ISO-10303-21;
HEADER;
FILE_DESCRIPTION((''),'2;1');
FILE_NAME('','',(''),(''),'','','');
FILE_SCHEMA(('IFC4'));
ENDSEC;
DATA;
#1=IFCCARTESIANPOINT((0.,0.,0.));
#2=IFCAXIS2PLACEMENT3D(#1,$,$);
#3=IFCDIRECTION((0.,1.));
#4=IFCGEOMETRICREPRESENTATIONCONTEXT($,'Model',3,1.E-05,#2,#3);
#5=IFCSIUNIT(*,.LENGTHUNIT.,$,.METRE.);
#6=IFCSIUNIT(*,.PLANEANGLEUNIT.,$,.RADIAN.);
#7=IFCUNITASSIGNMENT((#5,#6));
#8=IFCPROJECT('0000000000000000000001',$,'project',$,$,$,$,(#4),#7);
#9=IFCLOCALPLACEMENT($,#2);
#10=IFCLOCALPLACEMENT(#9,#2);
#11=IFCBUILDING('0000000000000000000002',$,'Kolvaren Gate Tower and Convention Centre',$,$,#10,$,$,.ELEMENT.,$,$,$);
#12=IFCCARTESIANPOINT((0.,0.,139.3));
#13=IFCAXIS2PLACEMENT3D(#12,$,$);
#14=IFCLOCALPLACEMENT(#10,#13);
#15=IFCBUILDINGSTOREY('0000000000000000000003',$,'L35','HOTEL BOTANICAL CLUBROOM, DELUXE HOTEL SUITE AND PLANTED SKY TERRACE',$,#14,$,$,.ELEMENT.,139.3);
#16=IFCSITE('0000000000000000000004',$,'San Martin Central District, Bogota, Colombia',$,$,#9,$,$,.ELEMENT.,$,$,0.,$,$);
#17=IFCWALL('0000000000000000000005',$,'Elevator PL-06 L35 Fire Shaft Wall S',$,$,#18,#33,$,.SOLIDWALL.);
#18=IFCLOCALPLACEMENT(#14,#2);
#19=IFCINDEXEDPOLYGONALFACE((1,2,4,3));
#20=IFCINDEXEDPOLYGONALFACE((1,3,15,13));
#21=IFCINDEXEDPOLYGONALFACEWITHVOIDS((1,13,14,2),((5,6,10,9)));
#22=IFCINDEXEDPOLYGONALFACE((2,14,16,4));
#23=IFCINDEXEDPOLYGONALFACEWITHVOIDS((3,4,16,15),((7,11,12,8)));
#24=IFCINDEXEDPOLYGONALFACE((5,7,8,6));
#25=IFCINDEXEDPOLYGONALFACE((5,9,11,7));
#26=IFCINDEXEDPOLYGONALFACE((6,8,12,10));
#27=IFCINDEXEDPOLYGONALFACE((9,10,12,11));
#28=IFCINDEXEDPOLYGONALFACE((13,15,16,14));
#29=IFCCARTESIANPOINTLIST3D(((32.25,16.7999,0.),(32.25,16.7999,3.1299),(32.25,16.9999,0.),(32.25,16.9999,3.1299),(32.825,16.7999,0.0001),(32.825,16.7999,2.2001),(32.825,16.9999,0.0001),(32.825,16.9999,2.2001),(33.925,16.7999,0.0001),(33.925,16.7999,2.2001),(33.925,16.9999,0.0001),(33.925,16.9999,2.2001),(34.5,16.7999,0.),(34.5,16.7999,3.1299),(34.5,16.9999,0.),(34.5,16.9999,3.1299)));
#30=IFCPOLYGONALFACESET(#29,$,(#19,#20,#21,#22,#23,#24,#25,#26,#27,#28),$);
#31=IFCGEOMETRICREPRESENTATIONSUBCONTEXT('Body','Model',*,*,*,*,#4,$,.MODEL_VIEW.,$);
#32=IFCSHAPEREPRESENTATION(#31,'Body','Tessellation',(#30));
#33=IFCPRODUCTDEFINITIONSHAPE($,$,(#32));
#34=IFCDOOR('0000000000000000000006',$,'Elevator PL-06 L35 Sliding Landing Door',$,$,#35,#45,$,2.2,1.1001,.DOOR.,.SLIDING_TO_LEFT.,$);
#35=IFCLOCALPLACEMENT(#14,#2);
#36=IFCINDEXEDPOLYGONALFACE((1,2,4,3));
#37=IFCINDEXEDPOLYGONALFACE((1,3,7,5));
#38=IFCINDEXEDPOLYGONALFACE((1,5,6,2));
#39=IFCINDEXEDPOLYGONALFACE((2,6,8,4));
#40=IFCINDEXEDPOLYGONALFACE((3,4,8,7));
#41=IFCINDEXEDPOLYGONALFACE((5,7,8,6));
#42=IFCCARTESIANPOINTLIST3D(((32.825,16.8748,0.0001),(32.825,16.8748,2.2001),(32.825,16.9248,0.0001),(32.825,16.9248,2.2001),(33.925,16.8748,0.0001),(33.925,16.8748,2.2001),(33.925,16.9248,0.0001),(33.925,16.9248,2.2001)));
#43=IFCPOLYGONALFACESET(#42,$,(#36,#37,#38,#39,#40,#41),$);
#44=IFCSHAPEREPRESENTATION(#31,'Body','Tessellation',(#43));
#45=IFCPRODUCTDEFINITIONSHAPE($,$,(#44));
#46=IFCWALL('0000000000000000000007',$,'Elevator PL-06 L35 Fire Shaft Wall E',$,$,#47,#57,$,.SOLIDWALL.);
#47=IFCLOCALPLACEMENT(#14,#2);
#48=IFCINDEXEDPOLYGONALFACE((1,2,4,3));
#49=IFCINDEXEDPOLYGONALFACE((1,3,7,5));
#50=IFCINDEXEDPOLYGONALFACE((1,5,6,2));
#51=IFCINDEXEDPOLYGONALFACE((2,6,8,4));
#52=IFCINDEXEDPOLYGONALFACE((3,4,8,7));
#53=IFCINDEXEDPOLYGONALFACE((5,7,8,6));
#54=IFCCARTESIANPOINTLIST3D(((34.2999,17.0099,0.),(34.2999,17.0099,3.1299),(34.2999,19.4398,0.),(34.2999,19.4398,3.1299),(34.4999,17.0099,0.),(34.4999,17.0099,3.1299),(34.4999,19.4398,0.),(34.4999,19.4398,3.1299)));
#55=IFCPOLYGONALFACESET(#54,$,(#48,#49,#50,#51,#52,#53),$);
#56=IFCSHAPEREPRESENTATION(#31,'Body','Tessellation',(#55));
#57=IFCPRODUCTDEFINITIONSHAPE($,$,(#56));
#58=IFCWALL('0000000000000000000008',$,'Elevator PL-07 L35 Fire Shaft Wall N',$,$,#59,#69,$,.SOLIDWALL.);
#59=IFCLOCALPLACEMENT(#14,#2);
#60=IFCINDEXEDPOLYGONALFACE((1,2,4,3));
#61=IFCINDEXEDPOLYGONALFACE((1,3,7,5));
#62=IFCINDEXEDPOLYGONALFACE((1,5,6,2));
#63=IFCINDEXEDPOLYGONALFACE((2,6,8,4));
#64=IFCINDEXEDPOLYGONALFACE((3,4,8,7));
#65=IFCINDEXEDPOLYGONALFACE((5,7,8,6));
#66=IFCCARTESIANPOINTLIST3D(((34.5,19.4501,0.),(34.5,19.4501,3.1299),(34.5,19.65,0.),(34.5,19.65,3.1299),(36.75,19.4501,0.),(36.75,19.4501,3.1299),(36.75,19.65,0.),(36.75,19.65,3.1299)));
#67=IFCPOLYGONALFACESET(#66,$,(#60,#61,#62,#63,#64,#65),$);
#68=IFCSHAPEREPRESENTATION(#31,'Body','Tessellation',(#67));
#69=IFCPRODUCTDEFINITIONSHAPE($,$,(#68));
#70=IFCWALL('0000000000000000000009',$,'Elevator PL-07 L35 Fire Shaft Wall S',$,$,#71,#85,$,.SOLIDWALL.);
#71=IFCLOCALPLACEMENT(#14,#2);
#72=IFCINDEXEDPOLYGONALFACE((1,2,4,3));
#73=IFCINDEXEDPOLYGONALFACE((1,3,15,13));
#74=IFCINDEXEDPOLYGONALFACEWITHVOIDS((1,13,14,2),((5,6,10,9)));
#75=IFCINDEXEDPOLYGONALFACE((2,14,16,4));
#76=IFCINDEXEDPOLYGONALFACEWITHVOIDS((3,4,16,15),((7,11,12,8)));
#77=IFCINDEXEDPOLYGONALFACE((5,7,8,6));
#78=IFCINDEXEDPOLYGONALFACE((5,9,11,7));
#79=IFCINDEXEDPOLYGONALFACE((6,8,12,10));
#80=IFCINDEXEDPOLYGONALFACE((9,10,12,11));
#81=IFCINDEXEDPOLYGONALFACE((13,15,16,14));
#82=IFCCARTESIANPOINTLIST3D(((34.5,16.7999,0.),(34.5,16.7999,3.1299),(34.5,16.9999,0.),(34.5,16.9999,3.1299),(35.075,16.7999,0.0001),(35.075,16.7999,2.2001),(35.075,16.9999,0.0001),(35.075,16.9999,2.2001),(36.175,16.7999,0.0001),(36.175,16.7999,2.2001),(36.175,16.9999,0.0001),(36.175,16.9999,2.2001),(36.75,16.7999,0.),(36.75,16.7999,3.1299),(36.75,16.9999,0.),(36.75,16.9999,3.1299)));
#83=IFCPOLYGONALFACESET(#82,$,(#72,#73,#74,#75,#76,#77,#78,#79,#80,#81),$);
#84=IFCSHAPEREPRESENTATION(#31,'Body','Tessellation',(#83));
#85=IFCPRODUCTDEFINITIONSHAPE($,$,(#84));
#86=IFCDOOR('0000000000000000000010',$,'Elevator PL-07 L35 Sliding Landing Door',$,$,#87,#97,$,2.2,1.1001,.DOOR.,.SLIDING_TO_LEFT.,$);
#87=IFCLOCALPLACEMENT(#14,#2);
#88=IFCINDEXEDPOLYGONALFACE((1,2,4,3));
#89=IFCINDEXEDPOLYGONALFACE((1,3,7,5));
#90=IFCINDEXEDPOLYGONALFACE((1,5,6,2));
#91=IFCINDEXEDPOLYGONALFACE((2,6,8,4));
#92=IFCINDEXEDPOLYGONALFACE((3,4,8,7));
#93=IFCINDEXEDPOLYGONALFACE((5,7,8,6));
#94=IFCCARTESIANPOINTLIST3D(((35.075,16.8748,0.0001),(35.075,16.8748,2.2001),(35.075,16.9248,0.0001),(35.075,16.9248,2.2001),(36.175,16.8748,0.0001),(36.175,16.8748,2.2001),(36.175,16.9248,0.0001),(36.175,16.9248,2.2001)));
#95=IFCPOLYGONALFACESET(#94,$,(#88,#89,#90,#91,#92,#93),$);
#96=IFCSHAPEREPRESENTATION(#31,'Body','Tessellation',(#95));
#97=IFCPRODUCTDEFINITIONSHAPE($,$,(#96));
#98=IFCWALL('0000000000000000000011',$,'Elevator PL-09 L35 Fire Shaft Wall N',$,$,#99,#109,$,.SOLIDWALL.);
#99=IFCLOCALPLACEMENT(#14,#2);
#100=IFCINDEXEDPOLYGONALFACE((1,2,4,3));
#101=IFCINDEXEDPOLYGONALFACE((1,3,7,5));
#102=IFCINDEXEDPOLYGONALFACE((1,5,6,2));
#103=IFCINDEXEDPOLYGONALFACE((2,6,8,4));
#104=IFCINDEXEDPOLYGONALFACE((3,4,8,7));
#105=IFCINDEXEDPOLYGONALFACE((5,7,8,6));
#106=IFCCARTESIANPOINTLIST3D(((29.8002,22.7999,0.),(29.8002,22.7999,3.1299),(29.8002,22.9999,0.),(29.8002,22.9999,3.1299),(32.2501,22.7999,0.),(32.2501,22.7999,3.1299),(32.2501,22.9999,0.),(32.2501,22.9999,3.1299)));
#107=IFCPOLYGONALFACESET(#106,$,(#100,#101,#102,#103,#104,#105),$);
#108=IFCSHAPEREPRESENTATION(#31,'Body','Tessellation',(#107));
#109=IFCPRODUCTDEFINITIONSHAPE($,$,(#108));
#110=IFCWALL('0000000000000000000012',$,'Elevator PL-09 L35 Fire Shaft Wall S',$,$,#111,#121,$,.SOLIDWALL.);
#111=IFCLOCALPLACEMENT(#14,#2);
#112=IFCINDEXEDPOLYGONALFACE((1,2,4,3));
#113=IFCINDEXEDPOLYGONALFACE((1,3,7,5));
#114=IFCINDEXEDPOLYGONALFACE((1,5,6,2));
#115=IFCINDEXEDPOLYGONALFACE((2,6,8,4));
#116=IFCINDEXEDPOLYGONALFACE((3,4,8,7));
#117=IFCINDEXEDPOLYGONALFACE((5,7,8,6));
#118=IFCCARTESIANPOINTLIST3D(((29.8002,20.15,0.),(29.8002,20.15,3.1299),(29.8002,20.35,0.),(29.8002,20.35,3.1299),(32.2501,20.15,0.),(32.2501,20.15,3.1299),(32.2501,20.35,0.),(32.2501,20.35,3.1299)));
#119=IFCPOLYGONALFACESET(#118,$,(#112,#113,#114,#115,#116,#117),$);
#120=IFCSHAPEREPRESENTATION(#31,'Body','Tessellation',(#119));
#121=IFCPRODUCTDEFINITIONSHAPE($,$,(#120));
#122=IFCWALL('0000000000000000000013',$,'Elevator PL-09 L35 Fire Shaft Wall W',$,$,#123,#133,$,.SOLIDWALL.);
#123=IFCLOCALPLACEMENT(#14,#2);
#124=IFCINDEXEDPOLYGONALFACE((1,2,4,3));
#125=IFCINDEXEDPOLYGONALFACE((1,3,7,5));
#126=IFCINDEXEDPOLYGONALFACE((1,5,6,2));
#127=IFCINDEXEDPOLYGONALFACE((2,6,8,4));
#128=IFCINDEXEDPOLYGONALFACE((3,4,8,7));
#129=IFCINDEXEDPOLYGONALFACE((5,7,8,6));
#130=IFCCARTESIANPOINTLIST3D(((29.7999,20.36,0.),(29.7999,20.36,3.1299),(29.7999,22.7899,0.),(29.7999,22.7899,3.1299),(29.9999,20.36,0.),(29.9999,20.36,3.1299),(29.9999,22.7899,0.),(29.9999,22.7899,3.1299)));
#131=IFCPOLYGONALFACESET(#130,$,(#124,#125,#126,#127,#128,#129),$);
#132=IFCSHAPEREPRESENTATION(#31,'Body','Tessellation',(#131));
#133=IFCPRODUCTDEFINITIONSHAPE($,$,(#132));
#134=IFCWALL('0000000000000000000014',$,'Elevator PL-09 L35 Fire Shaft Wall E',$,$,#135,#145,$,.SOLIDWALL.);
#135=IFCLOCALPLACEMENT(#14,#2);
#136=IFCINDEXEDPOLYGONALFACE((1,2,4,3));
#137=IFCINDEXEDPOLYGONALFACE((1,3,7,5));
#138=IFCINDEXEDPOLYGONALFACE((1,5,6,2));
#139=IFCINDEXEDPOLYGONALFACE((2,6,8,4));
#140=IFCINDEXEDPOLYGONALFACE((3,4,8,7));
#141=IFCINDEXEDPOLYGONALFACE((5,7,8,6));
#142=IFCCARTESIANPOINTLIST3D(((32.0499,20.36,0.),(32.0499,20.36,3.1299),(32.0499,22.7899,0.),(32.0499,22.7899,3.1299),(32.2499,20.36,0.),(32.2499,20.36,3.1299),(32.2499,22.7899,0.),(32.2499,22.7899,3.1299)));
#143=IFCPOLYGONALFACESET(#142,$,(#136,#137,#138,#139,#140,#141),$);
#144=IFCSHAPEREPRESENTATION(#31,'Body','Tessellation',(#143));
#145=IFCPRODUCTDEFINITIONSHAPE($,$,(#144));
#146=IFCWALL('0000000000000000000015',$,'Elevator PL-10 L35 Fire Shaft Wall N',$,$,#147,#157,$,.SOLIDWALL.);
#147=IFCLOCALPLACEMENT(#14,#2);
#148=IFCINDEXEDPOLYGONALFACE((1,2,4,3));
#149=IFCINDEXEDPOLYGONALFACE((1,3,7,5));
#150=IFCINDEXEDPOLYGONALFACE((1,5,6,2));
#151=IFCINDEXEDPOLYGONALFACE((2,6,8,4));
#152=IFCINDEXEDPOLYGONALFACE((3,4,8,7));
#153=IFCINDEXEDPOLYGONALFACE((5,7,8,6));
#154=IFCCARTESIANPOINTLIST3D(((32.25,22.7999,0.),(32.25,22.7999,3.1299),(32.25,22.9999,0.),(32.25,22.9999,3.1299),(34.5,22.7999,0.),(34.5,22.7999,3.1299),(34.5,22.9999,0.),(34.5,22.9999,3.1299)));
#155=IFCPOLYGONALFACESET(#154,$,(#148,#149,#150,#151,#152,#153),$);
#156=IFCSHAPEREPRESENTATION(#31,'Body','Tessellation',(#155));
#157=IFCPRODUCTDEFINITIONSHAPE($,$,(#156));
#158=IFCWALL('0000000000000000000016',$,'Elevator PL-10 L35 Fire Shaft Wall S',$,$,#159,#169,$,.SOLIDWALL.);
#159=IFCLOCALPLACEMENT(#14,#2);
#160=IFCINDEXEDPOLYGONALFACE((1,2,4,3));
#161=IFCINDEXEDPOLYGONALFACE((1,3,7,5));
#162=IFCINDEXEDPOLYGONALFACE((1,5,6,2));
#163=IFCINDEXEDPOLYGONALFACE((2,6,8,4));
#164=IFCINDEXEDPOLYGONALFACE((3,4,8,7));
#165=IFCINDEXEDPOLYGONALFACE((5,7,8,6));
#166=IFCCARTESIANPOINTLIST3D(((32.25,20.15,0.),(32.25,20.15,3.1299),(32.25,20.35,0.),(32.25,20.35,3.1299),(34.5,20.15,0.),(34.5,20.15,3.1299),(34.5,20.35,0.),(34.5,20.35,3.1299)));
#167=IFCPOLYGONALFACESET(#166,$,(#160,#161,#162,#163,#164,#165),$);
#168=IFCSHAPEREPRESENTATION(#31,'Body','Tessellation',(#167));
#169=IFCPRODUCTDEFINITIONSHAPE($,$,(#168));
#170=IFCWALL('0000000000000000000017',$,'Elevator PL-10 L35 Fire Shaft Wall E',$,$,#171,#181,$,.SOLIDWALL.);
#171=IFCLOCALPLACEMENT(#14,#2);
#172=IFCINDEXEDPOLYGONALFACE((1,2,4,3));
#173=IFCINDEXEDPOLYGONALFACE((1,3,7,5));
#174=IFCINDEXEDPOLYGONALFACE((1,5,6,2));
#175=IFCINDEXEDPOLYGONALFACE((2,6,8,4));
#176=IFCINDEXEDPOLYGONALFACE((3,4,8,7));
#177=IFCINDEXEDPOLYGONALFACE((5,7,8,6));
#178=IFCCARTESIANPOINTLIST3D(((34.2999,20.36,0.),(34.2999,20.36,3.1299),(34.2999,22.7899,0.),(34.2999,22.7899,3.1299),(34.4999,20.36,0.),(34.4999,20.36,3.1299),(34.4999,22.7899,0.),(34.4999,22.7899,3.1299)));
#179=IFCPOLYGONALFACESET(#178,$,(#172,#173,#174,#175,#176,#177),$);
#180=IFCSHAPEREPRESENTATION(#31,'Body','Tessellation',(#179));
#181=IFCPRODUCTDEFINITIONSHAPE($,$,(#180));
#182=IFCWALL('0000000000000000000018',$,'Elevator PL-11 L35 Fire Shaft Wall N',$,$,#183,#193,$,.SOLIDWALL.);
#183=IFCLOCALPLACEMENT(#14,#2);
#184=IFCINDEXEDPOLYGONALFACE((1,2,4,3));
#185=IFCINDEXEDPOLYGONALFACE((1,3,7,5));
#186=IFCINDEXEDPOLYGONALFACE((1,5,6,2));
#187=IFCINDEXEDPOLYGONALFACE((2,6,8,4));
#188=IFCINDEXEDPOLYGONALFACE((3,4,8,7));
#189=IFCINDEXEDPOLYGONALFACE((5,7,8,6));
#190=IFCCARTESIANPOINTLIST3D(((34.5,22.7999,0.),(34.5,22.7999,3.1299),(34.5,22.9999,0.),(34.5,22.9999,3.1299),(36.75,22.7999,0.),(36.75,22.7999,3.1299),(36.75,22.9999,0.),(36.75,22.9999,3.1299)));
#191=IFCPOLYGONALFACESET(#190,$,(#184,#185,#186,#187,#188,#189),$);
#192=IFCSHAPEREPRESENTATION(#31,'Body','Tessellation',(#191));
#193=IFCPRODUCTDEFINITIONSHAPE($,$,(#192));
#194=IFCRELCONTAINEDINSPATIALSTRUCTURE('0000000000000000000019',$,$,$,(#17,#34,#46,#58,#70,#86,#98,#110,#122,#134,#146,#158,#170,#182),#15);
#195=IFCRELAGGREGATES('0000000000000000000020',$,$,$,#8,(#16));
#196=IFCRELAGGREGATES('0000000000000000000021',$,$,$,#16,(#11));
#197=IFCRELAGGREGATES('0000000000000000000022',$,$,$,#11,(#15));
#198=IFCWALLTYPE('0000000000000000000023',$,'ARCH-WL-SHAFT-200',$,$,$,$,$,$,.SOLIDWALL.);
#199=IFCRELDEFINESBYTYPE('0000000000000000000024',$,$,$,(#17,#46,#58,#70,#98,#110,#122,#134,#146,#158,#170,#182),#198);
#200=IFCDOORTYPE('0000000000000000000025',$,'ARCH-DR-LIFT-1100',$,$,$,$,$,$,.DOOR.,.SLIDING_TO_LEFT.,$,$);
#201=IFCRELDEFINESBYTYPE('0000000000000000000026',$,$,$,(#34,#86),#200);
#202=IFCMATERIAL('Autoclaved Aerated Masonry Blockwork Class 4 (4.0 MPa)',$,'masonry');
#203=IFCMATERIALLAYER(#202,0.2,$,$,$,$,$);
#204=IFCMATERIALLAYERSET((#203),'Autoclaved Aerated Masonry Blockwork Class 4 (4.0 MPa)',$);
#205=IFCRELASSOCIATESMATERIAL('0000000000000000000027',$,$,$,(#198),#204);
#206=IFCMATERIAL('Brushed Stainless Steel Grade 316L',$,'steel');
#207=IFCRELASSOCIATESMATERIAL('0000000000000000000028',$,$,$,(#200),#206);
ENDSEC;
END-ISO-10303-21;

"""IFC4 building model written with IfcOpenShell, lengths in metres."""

from ifc_helpers import new_model, si_unit, direction, frame, frame_2d, origin, place, context, subcontext, project, spatial, rectangle, extrude, material, layer, layer_set, type_object, element, fill, save


model = new_model("IFC4")

# Units and contexts
model_context = context("Model", 3, precision=1e-05, world=origin(), true_north=direction((0.0, 1.0)))
body_context = subcontext(model_context, "Body", "Model", "MODEL_VIEW")
ifc_project = project(units=[si_unit("LENGTHUNIT", "METRE"), si_unit("PLANEANGLEUNIT", "RADIAN")], contexts=[model_context])

# Site, building, storey
site_placement = place(None, origin())
site = spatial("IfcSite", under=ifc_project, at=site_placement, Name="San Martin Central District, Bogota, Colombia", CompositionType="ELEMENT", RefElevation=0.0)
building_placement = place(site_placement, origin())
building = spatial("IfcBuilding", under=site, at=building_placement, Name="Kolvaren Gate Tower and Convention Centre", CompositionType="ELEMENT")
storey_placement = place(building_placement, frame((0.0, 0.0, 139.3)))
storey = spatial("IfcBuildingStorey", under=building, at=storey_placement, Name="L35", Description="HOTEL BOTANICAL CLUBROOM, DELUXE HOTEL SUITE AND PLANTED SKY TERRACE", CompositionType="ELEMENT", Elevation=139.3)

# Shared definitions
ifc_material_1 = material(Name="Autoclaved Aerated Masonry Blockwork Class 4 (4.0 MPa)", Category="masonry")

# Shared definitions
ifc_layer_1 = layer(ifc_material_1, 0.2)
ifc_layer_set_1 = layer_set([ifc_layer_1], Name="Autoclaved Aerated Masonry Blockwork Class 4 (4.0 MPa)")
wall_type_1 = type_object("IfcWallType", Name="ARCH-WL-SHAFT-200", PredefinedType="SOLIDWALL", material=ifc_layer_set_1)

# Shared definitions
ifc_material_2 = material(Name="Brushed Stainless Steel Grade 316L", Category="steel")
door_type_1 = type_object("IfcDoorType", Name="ARCH-DR-LIFT-1100", OperationType="SLIDING_TO_LEFT", PredefinedType="DOOR", material=ifc_material_2)

# Wall, opening, door
wall_1_placement = place(storey_placement, frame((32.25, 16.8999, 0.0), z_axis=(0.0, 0.0, 1.0), x_axis=(1.0, 0.0, 0.0)))
wall_1 = element("IfcWall", 1, at=wall_1_placement, inside=storey, type_object=wall_type_1, Name="Elevator PL-06 L35 Fire Shaft Wall S", PredefinedType="SOLIDWALL", context=body_context, shape_type="SweptSolid", body=[
    extrude(rectangle(XDim=2.25, YDim=0.2, at=frame_2d((1.125, 0.0))), origin(), (0.0, 0.0, 1.0), 3.1299),
])
opening_1_placement = place(wall_1_placement, frame((0.575, 0.0, 0.0)))
opening_1 = element("IfcOpeningElement", 2, at=opening_1_placement, cuts=wall_1, PredefinedType="OPENING", context=body_context, shape_type="SweptSolid", body=[
    extrude(rectangle(XDim=1.1001, YDim=2.2, at=frame_2d((0.55, 1.1001))), frame((0.0, 0.1099, 0.0), z_axis=(0.0, -1.0, 0.0), x_axis=(1.0, 0.0, 0.0)), (0.0, 0.0, 1.0), 0.22),
])
door_1_placement = place(opening_1_placement, origin())
door_1 = element("IfcDoor", 3, at=door_1_placement, inside=storey, type_object=door_type_1, Name="Elevator PL-06 L35 Sliding Landing Door", OperationType="SLIDING_TO_LEFT", OverallHeight=2.2, OverallWidth=1.1001, PredefinedType="DOOR", context=body_context, shape_type="SweptSolid", body=[
    extrude(rectangle(XDim=1.1001, YDim=2.2, at=frame_2d((0.55, 1.1001))), frame((0.0, 0.0249, 0.0), z_axis=(0.0, -1.0, 0.0), x_axis=(1.0, 0.0, 0.0)), (0.0, 0.0, 1.0), 0.05),
])
fill(opening_1, door_1)

# Walls
wall_2_placement = place(storey_placement, frame((34.3999, 17.01, 0.0), z_axis=(0.0, 0.0, 1.0), x_axis=(0.0, 1.0, 0.0)))
element("IfcWall", 4, at=wall_2_placement, inside=storey, type_object=wall_type_1, Name="Elevator PL-06 L35 Fire Shaft Wall E", PredefinedType="SOLIDWALL", context=body_context, shape_type="SweptSolid", body=[
    extrude(rectangle(XDim=2.4299, YDim=0.2, at=frame_2d((1.2148, 0.0))), origin(), (0.0, 0.0, 1.0), 3.1299),
])
wall_3_placement = place(storey_placement, frame((34.5, 19.55, 0.0), z_axis=(0.0, 0.0, 1.0), x_axis=(1.0, 0.0, 0.0)))
element("IfcWall", 5, at=wall_3_placement, inside=storey, type_object=wall_type_1, Name="Elevator PL-07 L35 Fire Shaft Wall N", PredefinedType="SOLIDWALL", context=body_context, shape_type="SweptSolid", body=[
    extrude(rectangle(XDim=2.25, YDim=0.2, at=frame_2d((1.125, 0.0))), origin(), (0.0, 0.0, 1.0), 3.1299),
])

# Wall, opening, door
wall_4_placement = place(storey_placement, frame((34.5, 16.8999, 0.0), z_axis=(0.0, 0.0, 1.0), x_axis=(1.0, 0.0, 0.0)))
wall_4 = element("IfcWall", 6, at=wall_4_placement, inside=storey, type_object=wall_type_1, Name="Elevator PL-07 L35 Fire Shaft Wall S", PredefinedType="SOLIDWALL", context=body_context, shape_type="SweptSolid", body=[
    extrude(rectangle(XDim=2.25, YDim=0.2, at=frame_2d((1.125, 0.0))), origin(), (0.0, 0.0, 1.0), 3.1299),
])
opening_2_placement = place(wall_4_placement, frame((0.575, 0.0, 0.0)))
opening_2 = element("IfcOpeningElement", 7, at=opening_2_placement, cuts=wall_4, PredefinedType="OPENING", context=body_context, shape_type="SweptSolid", body=[
    extrude(rectangle(XDim=1.1001, YDim=2.2, at=frame_2d((0.55, 1.1001))), frame((0.0, 0.1099, 0.0), z_axis=(0.0, -1.0, 0.0), x_axis=(1.0, 0.0, 0.0)), (0.0, 0.0, 1.0), 0.22),
])
door_2_placement = place(opening_2_placement, origin())
door_2 = element("IfcDoor", 8, at=door_2_placement, inside=storey, type_object=door_type_1, Name="Elevator PL-07 L35 Sliding Landing Door", OperationType="SLIDING_TO_LEFT", OverallHeight=2.2, OverallWidth=1.1001, PredefinedType="DOOR", context=body_context, shape_type="SweptSolid", body=[
    extrude(rectangle(XDim=1.1001, YDim=2.2, at=frame_2d((0.55, 1.1001))), frame((0.0, 0.0249, 0.0), z_axis=(0.0, -1.0, 0.0), x_axis=(1.0, 0.0, 0.0)), (0.0, 0.0, 1.0), 0.05),
])
fill(opening_2, door_2)

# Walls
for number, where, z_axis, x_axis, name in (
    (9, (29.8, 22.8999, 0.0), (0.0, 0.0, 1.0), (1.0, 0.0, 0.0), "Elevator PL-09 L35 Fire Shaft Wall N"),
    (10, (29.8, 20.25, 0.0), (0.0, 0.0, 1.0), (1.0, 0.0, 0.0), "Elevator PL-09 L35 Fire Shaft Wall S"),
):
    element("IfcWall", number, at=place(storey_placement, frame(where, z_axis=z_axis, x_axis=x_axis)), inside=storey, type_object=wall_type_1, Name=name, PredefinedType="SOLIDWALL", context=body_context, shape_type="SweptSolid", body=[
        extrude(rectangle(XDim=2.45, YDim=0.2, at=frame_2d((1.2251, 0.0))), origin(), (0.0, 0.0, 1.0), 3.1299),
    ])
for number, where, z_axis, x_axis, name in (
    (11, (29.8999, 20.3601, 0.0), (0.0, 0.0, 1.0), (0.0, 1.0, 0.0), "Elevator PL-09 L35 Fire Shaft Wall W"),
    (12, (32.1499, 20.3601, 0.0), (0.0, 0.0, 1.0), (0.0, 1.0, 0.0), "Elevator PL-09 L35 Fire Shaft Wall E"),
):
    element("IfcWall", number, at=place(storey_placement, frame(where, z_axis=z_axis, x_axis=x_axis)), inside=storey, type_object=wall_type_1, Name=name, PredefinedType="SOLIDWALL", context=body_context, shape_type="SweptSolid", body=[
        extrude(rectangle(XDim=2.4299, YDim=0.2, at=frame_2d((1.2148, 0.0))), origin(), (0.0, 0.0, 1.0), 3.1299),
    ])
for number, where, z_axis, x_axis, name in (
    (13, (32.25, 22.8999, 0.0), (0.0, 0.0, 1.0), (1.0, 0.0, 0.0), "Elevator PL-10 L35 Fire Shaft Wall N"),
    (14, (32.25, 20.25, 0.0), (0.0, 0.0, 1.0), (1.0, 0.0, 0.0), "Elevator PL-10 L35 Fire Shaft Wall S"),
):
    element("IfcWall", number, at=place(storey_placement, frame(where, z_axis=z_axis, x_axis=x_axis)), inside=storey, type_object=wall_type_1, Name=name, PredefinedType="SOLIDWALL", context=body_context, shape_type="SweptSolid", body=[
        extrude(rectangle(XDim=2.25, YDim=0.2, at=frame_2d((1.125, 0.0))), origin(), (0.0, 0.0, 1.0), 3.1299),
    ])
wall_5_placement = place(storey_placement, frame((34.3999, 20.3601, 0.0), z_axis=(0.0, 0.0, 1.0), x_axis=(0.0, 1.0, 0.0)))
element("IfcWall", 15, at=wall_5_placement, inside=storey, type_object=wall_type_1, Name="Elevator PL-10 L35 Fire Shaft Wall E", PredefinedType="SOLIDWALL", context=body_context, shape_type="SweptSolid", body=[
    extrude(rectangle(XDim=2.4299, YDim=0.2, at=frame_2d((1.2148, 0.0))), origin(), (0.0, 0.0, 1.0), 3.1299),
])
for number, where, z_axis, x_axis, name in (
    (16, (34.5, 22.8999, 0.0), (0.0, 0.0, 1.0), (1.0, 0.0, 0.0), "Elevator PL-11 L35 Fire Shaft Wall N"),
):
    element("IfcWall", number, at=place(storey_placement, frame(where, z_axis=z_axis, x_axis=x_axis)), inside=storey, type_object=wall_type_1, Name=name, PredefinedType="SOLIDWALL", context=body_context, shape_type="SweptSolid", body=[
        extrude(rectangle(XDim=2.25, YDim=0.2, at=frame_2d((1.125, 0.0))), origin(), (0.0, 0.0, 1.0), 3.1299),
    ])

save(model, "model.ifc")
